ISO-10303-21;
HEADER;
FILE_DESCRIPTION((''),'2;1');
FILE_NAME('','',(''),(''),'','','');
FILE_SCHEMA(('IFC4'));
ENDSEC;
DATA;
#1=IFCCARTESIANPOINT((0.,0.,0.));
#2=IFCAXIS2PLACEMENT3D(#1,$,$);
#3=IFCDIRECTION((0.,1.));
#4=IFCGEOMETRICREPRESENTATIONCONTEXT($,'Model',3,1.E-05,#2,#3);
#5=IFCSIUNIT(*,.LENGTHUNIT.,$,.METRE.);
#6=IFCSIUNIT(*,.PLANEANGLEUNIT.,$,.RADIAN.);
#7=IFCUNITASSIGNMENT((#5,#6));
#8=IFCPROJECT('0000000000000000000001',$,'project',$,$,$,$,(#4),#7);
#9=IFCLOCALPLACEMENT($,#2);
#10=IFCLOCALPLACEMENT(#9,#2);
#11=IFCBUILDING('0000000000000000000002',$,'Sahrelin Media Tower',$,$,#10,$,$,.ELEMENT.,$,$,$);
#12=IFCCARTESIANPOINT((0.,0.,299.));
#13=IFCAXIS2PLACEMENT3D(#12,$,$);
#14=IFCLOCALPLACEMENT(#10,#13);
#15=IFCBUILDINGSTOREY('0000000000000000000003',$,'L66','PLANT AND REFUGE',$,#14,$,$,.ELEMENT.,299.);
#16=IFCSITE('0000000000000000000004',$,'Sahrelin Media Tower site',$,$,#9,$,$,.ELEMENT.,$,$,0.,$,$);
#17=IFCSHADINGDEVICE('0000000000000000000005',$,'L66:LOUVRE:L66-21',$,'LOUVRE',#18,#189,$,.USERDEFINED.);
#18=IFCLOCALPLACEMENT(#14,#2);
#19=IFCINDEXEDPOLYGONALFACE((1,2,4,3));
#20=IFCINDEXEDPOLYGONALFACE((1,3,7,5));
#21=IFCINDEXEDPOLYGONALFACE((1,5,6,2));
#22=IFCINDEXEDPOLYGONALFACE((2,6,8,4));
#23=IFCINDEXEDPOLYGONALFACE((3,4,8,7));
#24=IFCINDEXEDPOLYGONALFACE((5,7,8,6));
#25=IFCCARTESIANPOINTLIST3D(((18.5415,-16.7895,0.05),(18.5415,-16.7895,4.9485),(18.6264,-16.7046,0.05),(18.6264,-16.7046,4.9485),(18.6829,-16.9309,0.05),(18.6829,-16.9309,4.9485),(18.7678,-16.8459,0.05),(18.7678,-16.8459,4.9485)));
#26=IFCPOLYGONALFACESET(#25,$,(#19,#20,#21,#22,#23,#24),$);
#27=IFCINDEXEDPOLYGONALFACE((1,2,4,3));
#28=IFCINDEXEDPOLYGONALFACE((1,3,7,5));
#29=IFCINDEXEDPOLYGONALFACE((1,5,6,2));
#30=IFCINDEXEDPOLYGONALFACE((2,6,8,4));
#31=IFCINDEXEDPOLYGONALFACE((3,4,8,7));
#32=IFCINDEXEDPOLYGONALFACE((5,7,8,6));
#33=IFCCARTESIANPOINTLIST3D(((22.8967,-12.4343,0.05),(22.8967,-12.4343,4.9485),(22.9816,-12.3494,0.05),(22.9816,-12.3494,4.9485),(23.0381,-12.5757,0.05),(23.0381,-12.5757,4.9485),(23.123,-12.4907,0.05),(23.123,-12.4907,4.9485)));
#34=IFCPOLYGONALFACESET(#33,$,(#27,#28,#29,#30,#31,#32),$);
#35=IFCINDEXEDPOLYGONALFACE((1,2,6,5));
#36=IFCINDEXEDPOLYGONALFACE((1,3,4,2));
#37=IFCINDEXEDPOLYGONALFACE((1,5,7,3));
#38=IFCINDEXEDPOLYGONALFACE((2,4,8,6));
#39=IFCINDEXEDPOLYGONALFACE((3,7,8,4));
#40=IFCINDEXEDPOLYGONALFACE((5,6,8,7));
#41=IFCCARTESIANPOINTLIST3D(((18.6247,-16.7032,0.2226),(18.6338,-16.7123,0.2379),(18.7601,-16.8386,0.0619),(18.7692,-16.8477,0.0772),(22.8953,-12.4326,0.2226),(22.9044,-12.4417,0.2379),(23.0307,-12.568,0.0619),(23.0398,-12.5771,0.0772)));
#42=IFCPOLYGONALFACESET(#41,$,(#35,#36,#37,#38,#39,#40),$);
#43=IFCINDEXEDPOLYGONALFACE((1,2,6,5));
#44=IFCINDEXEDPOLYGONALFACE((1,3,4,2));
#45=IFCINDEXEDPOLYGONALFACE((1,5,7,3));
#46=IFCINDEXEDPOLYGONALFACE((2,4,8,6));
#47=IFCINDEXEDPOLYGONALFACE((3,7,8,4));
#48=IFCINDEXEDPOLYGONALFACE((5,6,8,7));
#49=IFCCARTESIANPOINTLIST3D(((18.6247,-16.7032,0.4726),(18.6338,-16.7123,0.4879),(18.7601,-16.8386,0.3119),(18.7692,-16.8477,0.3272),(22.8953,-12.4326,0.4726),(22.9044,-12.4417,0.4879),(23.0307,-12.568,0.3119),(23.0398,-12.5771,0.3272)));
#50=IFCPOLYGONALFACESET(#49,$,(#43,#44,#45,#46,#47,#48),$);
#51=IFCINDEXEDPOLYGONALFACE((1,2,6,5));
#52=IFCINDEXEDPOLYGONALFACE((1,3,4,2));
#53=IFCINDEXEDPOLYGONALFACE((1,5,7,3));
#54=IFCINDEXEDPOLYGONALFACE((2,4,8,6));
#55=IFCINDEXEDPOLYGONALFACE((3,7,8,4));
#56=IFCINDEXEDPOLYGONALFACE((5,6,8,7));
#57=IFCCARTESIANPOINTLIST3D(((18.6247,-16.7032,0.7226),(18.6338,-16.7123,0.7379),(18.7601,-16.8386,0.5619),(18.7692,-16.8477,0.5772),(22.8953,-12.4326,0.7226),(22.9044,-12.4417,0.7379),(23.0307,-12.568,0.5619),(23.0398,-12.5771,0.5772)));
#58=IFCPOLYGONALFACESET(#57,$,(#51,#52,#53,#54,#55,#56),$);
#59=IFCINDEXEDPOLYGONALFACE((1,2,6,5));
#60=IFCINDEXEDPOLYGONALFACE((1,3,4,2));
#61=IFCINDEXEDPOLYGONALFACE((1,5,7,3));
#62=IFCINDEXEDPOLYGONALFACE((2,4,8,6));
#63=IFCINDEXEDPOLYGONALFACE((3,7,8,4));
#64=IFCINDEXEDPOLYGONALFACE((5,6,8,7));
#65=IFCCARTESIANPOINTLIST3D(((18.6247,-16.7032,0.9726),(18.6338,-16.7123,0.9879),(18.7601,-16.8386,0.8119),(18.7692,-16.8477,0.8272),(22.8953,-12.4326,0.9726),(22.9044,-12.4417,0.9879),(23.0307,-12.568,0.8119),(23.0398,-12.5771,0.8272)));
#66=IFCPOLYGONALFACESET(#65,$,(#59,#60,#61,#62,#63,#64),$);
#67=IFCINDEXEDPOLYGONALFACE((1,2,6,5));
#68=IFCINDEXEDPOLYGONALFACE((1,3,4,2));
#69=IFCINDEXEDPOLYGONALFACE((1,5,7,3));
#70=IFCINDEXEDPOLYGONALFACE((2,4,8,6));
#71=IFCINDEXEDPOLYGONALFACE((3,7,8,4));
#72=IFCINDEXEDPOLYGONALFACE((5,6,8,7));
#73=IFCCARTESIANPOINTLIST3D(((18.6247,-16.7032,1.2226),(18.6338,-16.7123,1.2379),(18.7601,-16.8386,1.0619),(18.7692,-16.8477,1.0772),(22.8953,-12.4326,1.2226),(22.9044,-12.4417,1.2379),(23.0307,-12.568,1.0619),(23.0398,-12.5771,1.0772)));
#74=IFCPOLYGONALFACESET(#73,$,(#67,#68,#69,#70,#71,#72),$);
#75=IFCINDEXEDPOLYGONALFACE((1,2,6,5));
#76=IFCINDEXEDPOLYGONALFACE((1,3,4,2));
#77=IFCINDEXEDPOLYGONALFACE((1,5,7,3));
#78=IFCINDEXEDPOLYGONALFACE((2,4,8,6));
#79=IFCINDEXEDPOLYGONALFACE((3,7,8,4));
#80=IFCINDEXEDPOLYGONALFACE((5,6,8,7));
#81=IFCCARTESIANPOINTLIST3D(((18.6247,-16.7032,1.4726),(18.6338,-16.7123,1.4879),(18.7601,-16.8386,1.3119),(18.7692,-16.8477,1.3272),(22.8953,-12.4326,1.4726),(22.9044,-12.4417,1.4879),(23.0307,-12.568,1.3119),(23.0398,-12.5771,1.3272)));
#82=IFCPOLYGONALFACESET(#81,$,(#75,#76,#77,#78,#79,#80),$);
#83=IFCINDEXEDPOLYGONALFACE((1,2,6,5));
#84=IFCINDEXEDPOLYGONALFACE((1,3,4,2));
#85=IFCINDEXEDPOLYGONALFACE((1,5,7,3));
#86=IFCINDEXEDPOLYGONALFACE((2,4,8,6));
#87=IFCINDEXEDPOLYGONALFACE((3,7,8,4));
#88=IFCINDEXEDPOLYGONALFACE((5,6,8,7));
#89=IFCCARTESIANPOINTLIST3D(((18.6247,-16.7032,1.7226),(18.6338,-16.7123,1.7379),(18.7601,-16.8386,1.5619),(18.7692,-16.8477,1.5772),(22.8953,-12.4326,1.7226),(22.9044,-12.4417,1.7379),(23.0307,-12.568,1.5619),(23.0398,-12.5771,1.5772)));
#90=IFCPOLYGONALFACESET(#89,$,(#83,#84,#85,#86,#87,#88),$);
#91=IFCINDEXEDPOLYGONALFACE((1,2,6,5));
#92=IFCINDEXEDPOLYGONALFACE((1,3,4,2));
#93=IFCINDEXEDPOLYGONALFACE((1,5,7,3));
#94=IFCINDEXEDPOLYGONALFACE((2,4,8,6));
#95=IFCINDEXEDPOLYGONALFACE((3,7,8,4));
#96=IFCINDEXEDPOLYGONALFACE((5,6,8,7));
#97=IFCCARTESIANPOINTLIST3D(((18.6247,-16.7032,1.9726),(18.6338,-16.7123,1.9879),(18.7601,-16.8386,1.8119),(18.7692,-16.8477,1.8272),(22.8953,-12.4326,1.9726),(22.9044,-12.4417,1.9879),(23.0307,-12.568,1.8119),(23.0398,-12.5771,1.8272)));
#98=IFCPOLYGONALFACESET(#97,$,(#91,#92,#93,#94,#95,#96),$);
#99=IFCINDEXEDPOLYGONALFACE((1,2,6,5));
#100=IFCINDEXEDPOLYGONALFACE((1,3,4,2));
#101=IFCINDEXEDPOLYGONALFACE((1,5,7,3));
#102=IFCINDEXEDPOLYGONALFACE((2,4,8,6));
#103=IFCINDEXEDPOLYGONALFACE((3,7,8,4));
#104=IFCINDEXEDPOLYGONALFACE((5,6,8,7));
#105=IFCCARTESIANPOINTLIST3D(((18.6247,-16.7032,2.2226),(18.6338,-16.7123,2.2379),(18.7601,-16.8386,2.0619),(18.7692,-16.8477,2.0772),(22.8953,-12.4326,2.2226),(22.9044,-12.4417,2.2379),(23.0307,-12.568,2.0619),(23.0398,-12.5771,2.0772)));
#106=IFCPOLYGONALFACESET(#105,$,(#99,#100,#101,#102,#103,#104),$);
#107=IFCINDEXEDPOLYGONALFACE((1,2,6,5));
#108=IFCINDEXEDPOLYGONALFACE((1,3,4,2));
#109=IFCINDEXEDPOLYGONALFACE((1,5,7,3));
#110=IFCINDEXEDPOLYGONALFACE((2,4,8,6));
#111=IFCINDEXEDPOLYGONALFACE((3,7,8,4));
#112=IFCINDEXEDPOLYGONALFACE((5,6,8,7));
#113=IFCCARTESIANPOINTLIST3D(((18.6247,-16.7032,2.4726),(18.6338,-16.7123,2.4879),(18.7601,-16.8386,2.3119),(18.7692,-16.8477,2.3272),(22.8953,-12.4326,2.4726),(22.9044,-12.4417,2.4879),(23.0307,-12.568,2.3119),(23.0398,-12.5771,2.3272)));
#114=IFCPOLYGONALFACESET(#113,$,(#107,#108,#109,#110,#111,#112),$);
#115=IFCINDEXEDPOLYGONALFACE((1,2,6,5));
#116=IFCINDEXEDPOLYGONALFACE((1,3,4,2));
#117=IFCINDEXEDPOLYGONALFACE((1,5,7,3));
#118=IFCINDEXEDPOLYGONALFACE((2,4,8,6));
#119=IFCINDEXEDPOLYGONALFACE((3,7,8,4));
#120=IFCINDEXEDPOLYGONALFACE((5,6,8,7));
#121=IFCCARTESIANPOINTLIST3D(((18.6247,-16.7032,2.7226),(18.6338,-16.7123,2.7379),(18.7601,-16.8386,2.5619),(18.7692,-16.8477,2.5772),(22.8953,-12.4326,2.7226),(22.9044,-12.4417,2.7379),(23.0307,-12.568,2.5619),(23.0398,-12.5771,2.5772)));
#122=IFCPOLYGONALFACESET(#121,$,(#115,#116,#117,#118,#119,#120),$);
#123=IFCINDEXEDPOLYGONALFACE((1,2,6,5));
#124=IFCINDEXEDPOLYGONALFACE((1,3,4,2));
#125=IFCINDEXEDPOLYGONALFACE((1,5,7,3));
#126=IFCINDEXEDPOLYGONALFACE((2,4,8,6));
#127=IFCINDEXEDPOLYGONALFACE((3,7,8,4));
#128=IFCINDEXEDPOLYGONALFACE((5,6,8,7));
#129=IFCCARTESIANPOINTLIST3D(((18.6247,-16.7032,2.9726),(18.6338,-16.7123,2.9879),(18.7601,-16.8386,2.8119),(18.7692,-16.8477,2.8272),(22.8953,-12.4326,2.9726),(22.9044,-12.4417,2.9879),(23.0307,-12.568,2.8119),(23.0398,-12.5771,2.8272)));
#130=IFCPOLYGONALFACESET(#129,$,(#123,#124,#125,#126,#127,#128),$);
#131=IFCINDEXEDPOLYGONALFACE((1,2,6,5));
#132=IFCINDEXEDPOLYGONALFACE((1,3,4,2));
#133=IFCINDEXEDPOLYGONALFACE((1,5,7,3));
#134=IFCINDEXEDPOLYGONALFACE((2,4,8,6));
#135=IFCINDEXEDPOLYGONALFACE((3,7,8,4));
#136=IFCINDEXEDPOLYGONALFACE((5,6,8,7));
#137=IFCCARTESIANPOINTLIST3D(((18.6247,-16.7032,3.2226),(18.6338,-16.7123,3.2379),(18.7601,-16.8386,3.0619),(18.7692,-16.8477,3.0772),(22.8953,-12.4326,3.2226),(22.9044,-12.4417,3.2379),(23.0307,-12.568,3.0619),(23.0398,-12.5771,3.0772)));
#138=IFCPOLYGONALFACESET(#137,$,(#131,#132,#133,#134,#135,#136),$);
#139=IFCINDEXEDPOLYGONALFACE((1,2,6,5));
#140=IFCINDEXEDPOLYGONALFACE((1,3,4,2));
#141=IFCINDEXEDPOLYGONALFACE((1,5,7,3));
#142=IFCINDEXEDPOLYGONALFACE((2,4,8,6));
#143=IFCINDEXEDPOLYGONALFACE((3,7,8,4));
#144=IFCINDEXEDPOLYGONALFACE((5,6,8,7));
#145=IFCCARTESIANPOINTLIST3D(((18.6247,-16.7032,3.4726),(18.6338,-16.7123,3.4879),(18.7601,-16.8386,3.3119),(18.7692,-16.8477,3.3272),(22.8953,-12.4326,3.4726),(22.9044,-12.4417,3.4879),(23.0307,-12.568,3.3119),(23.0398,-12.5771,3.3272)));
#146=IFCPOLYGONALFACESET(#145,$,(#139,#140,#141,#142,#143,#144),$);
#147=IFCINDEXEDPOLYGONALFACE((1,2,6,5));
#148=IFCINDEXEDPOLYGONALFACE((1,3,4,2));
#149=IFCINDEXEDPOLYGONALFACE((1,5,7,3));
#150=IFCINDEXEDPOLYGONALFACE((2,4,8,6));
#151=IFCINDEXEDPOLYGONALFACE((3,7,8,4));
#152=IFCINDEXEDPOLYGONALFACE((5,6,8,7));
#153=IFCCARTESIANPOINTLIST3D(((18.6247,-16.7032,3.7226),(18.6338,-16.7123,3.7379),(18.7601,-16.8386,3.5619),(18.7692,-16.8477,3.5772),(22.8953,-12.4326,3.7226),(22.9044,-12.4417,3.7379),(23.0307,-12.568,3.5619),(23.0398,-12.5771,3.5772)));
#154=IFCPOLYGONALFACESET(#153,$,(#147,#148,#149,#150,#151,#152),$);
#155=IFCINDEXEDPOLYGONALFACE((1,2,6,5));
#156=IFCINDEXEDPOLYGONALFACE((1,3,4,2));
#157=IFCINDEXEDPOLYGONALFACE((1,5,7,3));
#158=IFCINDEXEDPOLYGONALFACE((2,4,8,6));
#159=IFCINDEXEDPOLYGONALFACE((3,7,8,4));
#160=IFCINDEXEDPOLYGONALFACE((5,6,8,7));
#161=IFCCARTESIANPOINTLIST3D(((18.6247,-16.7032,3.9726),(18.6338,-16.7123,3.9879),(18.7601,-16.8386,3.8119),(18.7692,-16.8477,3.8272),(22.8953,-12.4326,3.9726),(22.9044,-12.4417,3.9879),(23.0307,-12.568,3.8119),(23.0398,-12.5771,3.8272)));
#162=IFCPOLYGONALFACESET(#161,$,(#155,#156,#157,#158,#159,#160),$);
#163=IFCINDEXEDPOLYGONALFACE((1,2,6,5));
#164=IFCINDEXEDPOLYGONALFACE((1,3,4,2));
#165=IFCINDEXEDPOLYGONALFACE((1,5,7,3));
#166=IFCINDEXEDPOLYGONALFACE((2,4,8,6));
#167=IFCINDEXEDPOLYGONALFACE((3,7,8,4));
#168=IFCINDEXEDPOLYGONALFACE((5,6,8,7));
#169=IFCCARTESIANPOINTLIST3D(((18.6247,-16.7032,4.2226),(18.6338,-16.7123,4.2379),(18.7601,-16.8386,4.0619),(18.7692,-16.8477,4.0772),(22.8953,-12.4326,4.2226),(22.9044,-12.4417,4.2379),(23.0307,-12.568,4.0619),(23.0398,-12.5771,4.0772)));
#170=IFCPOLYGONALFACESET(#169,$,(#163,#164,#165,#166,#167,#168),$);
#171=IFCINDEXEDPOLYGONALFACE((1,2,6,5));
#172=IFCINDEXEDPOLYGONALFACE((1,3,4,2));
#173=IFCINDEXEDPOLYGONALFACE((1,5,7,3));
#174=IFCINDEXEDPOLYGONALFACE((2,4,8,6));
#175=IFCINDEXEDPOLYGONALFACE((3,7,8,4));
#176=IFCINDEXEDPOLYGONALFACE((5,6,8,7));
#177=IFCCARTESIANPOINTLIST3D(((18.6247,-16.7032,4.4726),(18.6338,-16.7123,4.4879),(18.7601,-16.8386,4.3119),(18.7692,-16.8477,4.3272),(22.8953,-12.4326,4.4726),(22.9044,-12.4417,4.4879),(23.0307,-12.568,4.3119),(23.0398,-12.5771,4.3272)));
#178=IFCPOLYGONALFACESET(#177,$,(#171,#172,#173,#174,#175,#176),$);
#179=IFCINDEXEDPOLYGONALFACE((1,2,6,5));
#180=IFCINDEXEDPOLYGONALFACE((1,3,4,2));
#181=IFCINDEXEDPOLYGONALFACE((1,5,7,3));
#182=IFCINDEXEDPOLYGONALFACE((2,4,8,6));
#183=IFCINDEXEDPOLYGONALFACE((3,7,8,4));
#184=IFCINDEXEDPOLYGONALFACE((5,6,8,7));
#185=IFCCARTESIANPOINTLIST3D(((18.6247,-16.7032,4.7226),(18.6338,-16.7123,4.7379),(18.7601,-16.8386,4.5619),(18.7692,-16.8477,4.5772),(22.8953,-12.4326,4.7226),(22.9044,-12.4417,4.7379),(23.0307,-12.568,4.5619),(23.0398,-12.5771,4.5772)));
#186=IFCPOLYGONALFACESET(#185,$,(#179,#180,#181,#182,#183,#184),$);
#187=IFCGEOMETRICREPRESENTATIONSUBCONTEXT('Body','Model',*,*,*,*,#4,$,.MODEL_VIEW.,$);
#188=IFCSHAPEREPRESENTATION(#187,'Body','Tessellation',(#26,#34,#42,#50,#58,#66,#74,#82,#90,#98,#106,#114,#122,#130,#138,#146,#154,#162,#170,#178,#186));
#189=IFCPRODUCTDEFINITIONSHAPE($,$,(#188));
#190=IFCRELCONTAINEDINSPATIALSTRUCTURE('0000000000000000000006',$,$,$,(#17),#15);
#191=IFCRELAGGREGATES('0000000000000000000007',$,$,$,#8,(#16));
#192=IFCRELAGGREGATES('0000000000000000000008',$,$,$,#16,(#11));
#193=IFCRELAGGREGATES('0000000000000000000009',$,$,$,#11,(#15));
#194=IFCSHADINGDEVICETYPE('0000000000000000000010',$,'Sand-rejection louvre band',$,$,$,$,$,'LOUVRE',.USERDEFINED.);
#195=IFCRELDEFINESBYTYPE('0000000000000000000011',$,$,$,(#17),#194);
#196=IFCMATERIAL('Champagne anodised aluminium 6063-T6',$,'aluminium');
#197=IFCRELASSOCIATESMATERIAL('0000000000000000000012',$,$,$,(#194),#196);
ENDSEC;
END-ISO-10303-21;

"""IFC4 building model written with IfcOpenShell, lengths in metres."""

from ifc_helpers import new_model, si_unit, direction, frame, origin, origin_2d, place, context, subcontext, project, spatial, rectangle, extrude, material, type_object, element, save


model = new_model("IFC4")

# Units and contexts
model_context = context("Model", 3, precision=1e-05, world=origin(), true_north=direction((0.0, 1.0)))
body_context = subcontext(model_context, "Body", "Model", "MODEL_VIEW")
ifc_project = project(units=[si_unit("LENGTHUNIT", "METRE"), si_unit("PLANEANGLEUNIT", "RADIAN")], contexts=[model_context])

# Site, building, storey
site_placement = place(None, origin())
site = spatial("IfcSite", under=ifc_project, at=site_placement, Name="Sahrelin Media Tower site", CompositionType="ELEMENT", RefElevation=0.0)
building_placement = place(site_placement, origin())
building = spatial("IfcBuilding", under=site, at=building_placement, Name="Sahrelin Media Tower", CompositionType="ELEMENT")
storey_placement = place(building_placement, frame((0.0, 0.0, 299.0)))
storey = spatial("IfcBuildingStorey", under=building, at=storey_placement, Name="L66", Description="PLANT AND REFUGE", CompositionType="ELEMENT", Elevation=299.0)

# Shading device
ifc_material_1 = material(Name="Champagne anodised aluminium 6063-T6", Category="aluminium")
shading_device_type = type_object("IfcShadingDeviceType", Name="Sand-rejection louvre band", ElementType="LOUVRE", PredefinedType="USERDEFINED", material=ifc_material_1)
shading_device_1_placement = place(storey_placement, frame((20.7615, -14.5693, 0.0), z_axis=(0.0, 0.0, 1.0), x_axis=(-0.707107, -0.707107, 0.0)))
element("IfcShadingDevice", 1, at=shading_device_1_placement, inside=storey, type_object=shading_device_type, Name="L66:LOUVRE:L66-21", ObjectType="LOUVRE", PredefinedType="USERDEFINED", context=body_context, shape_type="SweptSolid", body=[
    extrude(rectangle(XDim=0.1201, YDim=0.2, at=origin_2d()), frame((3.0796, 0.1001, 0.05), z_axis=(0.0, 0.0, 1.0), x_axis=(1.0, 0.0, 0.0)), (0.0, 0.0, 1.0), 4.8984),
    extrude(rectangle(XDim=0.1201, YDim=0.2, at=origin_2d()), frame((-3.0796, 0.1001, 0.05), z_axis=(0.0, 0.0, 1.0), x_axis=(1.0, 0.0, 0.0)), (0.0, 0.0, 1.0), 4.8984),
    extrude(rectangle(XDim=0.25, YDim=0.02, at=origin_2d()), frame((3.0198, 0.1001, 0.1499), z_axis=(-1.0, 0.0, 0.0), x_axis=(0.0, -0.766044, 0.642788)), (0.0, 0.0, 1.0), 6.0396),
    extrude(rectangle(XDim=0.25, YDim=0.02, at=origin_2d()), frame((3.0198, 0.1001, 0.3999), z_axis=(-1.0, 0.0, 0.0), x_axis=(0.0, -0.766044, 0.642788)), (0.0, 0.0, 1.0), 6.0396),
    extrude(rectangle(XDim=0.25, YDim=0.02, at=origin_2d()), frame((3.0198, 0.1001, 0.6499), z_axis=(-1.0, 0.0, 0.0), x_axis=(0.0, -0.766044, 0.642788)), (0.0, 0.0, 1.0), 6.0396),
    extrude(rectangle(XDim=0.25, YDim=0.02, at=origin_2d()), frame((3.0198, 0.1001, 0.8999), z_axis=(-1.0, 0.0, 0.0), x_axis=(0.0, -0.766044, 0.642788)), (0.0, 0.0, 1.0), 6.0396),
    extrude(rectangle(XDim=0.25, YDim=0.02, at=origin_2d()), frame((3.0198, 0.1001, 1.1499), z_axis=(-1.0, 0.0, 0.0), x_axis=(0.0, -0.766044, 0.642788)), (0.0, 0.0, 1.0), 6.0396),
    extrude(rectangle(XDim=0.25, YDim=0.02, at=origin_2d()), frame((3.0198, 0.1001, 1.3999), z_axis=(-1.0, 0.0, 0.0), x_axis=(0.0, -0.766044, 0.642788)), (0.0, 0.0, 1.0), 6.0396),
    extrude(rectangle(XDim=0.25, YDim=0.02, at=origin_2d()), frame((3.0198, 0.1001, 1.6499), z_axis=(-1.0, 0.0, 0.0), x_axis=(0.0, -0.766044, 0.642788)), (0.0, 0.0, 1.0), 6.0396),
    extrude(rectangle(XDim=0.25, YDim=0.02, at=origin_2d()), frame((3.0198, 0.1001, 1.8999), z_axis=(-1.0, 0.0, 0.0), x_axis=(0.0, -0.766044, 0.642788)), (0.0, 0.0, 1.0), 6.0396),
    extrude(rectangle(XDim=0.25, YDim=0.02, at=origin_2d()), frame((3.0198, 0.1001, 2.1499), z_axis=(-1.0, 0.0, 0.0), x_axis=(0.0, -0.766044, 0.642788)), (0.0, 0.0, 1.0), 6.0396),
    extrude(rectangle(XDim=0.25, YDim=0.02, at=origin_2d()), frame((3.0198, 0.1001, 2.3999), z_axis=(-1.0, 0.0, 0.0), x_axis=(0.0, -0.766044, 0.642788)), (0.0, 0.0, 1.0), 6.0396),
    extrude(rectangle(XDim=0.25, YDim=0.02, at=origin_2d()), frame((3.0198, 0.1001, 2.6499), z_axis=(-1.0, 0.0, 0.0), x_axis=(0.0, -0.766044, 0.642788)), (0.0, 0.0, 1.0), 6.0396),
    extrude(rectangle(XDim=0.25, YDim=0.02, at=origin_2d()), frame((3.0198, 0.1001, 2.8999), z_axis=(-1.0, 0.0, 0.0), x_axis=(0.0, -0.766044, 0.642788)), (0.0, 0.0, 1.0), 6.0396),
    extrude(rectangle(XDim=0.25, YDim=0.02, at=origin_2d()), frame((3.0198, 0.1001, 3.1499), z_axis=(-1.0, 0.0, 0.0), x_axis=(0.0, -0.766044, 0.642788)), (0.0, 0.0, 1.0), 6.0396),
    extrude(rectangle(XDim=0.25, YDim=0.02, at=origin_2d()), frame((3.0198, 0.1001, 3.3999), z_axis=(-1.0, 0.0, 0.0), x_axis=(0.0, -0.766044, 0.642788)), (0.0, 0.0, 1.0), 6.0396),
    extrude(rectangle(XDim=0.25, YDim=0.02, at=origin_2d()), frame((3.0198, 0.1001, 3.6499), z_axis=(-1.0, 0.0, 0.0), x_axis=(0.0, -0.766044, 0.642788)), (0.0, 0.0, 1.0), 6.0396),
    extrude(rectangle(XDim=0.25, YDim=0.02, at=origin_2d()), frame((3.0198, 0.1001, 3.8999), z_axis=(-1.0, 0.0, 0.0), x_axis=(0.0, -0.766044, 0.642788)), (0.0, 0.0, 1.0), 6.0396),
    extrude(rectangle(XDim=0.25, YDim=0.02, at=origin_2d()), frame((3.0198, 0.1001, 4.1499), z_axis=(-1.0, 0.0, 0.0), x_axis=(0.0, -0.766044, 0.642788)), (0.0, 0.0, 1.0), 6.0396),
    extrude(rectangle(XDim=0.25, YDim=0.02, at=origin_2d()), frame((3.0198, 0.1001, 4.3999), z_axis=(-1.0, 0.0, 0.0), x_axis=(0.0, -0.766044, 0.642788)), (0.0, 0.0, 1.0), 6.0396),
    extrude(rectangle(XDim=0.25, YDim=0.02, at=origin_2d()), frame((3.0198, 0.1001, 4.6499), z_axis=(-1.0, 0.0, 0.0), x_axis=(0.0, -0.766044, 0.642788)), (0.0, 0.0, 1.0), 6.0396),
])

save(model, "model.ifc")
